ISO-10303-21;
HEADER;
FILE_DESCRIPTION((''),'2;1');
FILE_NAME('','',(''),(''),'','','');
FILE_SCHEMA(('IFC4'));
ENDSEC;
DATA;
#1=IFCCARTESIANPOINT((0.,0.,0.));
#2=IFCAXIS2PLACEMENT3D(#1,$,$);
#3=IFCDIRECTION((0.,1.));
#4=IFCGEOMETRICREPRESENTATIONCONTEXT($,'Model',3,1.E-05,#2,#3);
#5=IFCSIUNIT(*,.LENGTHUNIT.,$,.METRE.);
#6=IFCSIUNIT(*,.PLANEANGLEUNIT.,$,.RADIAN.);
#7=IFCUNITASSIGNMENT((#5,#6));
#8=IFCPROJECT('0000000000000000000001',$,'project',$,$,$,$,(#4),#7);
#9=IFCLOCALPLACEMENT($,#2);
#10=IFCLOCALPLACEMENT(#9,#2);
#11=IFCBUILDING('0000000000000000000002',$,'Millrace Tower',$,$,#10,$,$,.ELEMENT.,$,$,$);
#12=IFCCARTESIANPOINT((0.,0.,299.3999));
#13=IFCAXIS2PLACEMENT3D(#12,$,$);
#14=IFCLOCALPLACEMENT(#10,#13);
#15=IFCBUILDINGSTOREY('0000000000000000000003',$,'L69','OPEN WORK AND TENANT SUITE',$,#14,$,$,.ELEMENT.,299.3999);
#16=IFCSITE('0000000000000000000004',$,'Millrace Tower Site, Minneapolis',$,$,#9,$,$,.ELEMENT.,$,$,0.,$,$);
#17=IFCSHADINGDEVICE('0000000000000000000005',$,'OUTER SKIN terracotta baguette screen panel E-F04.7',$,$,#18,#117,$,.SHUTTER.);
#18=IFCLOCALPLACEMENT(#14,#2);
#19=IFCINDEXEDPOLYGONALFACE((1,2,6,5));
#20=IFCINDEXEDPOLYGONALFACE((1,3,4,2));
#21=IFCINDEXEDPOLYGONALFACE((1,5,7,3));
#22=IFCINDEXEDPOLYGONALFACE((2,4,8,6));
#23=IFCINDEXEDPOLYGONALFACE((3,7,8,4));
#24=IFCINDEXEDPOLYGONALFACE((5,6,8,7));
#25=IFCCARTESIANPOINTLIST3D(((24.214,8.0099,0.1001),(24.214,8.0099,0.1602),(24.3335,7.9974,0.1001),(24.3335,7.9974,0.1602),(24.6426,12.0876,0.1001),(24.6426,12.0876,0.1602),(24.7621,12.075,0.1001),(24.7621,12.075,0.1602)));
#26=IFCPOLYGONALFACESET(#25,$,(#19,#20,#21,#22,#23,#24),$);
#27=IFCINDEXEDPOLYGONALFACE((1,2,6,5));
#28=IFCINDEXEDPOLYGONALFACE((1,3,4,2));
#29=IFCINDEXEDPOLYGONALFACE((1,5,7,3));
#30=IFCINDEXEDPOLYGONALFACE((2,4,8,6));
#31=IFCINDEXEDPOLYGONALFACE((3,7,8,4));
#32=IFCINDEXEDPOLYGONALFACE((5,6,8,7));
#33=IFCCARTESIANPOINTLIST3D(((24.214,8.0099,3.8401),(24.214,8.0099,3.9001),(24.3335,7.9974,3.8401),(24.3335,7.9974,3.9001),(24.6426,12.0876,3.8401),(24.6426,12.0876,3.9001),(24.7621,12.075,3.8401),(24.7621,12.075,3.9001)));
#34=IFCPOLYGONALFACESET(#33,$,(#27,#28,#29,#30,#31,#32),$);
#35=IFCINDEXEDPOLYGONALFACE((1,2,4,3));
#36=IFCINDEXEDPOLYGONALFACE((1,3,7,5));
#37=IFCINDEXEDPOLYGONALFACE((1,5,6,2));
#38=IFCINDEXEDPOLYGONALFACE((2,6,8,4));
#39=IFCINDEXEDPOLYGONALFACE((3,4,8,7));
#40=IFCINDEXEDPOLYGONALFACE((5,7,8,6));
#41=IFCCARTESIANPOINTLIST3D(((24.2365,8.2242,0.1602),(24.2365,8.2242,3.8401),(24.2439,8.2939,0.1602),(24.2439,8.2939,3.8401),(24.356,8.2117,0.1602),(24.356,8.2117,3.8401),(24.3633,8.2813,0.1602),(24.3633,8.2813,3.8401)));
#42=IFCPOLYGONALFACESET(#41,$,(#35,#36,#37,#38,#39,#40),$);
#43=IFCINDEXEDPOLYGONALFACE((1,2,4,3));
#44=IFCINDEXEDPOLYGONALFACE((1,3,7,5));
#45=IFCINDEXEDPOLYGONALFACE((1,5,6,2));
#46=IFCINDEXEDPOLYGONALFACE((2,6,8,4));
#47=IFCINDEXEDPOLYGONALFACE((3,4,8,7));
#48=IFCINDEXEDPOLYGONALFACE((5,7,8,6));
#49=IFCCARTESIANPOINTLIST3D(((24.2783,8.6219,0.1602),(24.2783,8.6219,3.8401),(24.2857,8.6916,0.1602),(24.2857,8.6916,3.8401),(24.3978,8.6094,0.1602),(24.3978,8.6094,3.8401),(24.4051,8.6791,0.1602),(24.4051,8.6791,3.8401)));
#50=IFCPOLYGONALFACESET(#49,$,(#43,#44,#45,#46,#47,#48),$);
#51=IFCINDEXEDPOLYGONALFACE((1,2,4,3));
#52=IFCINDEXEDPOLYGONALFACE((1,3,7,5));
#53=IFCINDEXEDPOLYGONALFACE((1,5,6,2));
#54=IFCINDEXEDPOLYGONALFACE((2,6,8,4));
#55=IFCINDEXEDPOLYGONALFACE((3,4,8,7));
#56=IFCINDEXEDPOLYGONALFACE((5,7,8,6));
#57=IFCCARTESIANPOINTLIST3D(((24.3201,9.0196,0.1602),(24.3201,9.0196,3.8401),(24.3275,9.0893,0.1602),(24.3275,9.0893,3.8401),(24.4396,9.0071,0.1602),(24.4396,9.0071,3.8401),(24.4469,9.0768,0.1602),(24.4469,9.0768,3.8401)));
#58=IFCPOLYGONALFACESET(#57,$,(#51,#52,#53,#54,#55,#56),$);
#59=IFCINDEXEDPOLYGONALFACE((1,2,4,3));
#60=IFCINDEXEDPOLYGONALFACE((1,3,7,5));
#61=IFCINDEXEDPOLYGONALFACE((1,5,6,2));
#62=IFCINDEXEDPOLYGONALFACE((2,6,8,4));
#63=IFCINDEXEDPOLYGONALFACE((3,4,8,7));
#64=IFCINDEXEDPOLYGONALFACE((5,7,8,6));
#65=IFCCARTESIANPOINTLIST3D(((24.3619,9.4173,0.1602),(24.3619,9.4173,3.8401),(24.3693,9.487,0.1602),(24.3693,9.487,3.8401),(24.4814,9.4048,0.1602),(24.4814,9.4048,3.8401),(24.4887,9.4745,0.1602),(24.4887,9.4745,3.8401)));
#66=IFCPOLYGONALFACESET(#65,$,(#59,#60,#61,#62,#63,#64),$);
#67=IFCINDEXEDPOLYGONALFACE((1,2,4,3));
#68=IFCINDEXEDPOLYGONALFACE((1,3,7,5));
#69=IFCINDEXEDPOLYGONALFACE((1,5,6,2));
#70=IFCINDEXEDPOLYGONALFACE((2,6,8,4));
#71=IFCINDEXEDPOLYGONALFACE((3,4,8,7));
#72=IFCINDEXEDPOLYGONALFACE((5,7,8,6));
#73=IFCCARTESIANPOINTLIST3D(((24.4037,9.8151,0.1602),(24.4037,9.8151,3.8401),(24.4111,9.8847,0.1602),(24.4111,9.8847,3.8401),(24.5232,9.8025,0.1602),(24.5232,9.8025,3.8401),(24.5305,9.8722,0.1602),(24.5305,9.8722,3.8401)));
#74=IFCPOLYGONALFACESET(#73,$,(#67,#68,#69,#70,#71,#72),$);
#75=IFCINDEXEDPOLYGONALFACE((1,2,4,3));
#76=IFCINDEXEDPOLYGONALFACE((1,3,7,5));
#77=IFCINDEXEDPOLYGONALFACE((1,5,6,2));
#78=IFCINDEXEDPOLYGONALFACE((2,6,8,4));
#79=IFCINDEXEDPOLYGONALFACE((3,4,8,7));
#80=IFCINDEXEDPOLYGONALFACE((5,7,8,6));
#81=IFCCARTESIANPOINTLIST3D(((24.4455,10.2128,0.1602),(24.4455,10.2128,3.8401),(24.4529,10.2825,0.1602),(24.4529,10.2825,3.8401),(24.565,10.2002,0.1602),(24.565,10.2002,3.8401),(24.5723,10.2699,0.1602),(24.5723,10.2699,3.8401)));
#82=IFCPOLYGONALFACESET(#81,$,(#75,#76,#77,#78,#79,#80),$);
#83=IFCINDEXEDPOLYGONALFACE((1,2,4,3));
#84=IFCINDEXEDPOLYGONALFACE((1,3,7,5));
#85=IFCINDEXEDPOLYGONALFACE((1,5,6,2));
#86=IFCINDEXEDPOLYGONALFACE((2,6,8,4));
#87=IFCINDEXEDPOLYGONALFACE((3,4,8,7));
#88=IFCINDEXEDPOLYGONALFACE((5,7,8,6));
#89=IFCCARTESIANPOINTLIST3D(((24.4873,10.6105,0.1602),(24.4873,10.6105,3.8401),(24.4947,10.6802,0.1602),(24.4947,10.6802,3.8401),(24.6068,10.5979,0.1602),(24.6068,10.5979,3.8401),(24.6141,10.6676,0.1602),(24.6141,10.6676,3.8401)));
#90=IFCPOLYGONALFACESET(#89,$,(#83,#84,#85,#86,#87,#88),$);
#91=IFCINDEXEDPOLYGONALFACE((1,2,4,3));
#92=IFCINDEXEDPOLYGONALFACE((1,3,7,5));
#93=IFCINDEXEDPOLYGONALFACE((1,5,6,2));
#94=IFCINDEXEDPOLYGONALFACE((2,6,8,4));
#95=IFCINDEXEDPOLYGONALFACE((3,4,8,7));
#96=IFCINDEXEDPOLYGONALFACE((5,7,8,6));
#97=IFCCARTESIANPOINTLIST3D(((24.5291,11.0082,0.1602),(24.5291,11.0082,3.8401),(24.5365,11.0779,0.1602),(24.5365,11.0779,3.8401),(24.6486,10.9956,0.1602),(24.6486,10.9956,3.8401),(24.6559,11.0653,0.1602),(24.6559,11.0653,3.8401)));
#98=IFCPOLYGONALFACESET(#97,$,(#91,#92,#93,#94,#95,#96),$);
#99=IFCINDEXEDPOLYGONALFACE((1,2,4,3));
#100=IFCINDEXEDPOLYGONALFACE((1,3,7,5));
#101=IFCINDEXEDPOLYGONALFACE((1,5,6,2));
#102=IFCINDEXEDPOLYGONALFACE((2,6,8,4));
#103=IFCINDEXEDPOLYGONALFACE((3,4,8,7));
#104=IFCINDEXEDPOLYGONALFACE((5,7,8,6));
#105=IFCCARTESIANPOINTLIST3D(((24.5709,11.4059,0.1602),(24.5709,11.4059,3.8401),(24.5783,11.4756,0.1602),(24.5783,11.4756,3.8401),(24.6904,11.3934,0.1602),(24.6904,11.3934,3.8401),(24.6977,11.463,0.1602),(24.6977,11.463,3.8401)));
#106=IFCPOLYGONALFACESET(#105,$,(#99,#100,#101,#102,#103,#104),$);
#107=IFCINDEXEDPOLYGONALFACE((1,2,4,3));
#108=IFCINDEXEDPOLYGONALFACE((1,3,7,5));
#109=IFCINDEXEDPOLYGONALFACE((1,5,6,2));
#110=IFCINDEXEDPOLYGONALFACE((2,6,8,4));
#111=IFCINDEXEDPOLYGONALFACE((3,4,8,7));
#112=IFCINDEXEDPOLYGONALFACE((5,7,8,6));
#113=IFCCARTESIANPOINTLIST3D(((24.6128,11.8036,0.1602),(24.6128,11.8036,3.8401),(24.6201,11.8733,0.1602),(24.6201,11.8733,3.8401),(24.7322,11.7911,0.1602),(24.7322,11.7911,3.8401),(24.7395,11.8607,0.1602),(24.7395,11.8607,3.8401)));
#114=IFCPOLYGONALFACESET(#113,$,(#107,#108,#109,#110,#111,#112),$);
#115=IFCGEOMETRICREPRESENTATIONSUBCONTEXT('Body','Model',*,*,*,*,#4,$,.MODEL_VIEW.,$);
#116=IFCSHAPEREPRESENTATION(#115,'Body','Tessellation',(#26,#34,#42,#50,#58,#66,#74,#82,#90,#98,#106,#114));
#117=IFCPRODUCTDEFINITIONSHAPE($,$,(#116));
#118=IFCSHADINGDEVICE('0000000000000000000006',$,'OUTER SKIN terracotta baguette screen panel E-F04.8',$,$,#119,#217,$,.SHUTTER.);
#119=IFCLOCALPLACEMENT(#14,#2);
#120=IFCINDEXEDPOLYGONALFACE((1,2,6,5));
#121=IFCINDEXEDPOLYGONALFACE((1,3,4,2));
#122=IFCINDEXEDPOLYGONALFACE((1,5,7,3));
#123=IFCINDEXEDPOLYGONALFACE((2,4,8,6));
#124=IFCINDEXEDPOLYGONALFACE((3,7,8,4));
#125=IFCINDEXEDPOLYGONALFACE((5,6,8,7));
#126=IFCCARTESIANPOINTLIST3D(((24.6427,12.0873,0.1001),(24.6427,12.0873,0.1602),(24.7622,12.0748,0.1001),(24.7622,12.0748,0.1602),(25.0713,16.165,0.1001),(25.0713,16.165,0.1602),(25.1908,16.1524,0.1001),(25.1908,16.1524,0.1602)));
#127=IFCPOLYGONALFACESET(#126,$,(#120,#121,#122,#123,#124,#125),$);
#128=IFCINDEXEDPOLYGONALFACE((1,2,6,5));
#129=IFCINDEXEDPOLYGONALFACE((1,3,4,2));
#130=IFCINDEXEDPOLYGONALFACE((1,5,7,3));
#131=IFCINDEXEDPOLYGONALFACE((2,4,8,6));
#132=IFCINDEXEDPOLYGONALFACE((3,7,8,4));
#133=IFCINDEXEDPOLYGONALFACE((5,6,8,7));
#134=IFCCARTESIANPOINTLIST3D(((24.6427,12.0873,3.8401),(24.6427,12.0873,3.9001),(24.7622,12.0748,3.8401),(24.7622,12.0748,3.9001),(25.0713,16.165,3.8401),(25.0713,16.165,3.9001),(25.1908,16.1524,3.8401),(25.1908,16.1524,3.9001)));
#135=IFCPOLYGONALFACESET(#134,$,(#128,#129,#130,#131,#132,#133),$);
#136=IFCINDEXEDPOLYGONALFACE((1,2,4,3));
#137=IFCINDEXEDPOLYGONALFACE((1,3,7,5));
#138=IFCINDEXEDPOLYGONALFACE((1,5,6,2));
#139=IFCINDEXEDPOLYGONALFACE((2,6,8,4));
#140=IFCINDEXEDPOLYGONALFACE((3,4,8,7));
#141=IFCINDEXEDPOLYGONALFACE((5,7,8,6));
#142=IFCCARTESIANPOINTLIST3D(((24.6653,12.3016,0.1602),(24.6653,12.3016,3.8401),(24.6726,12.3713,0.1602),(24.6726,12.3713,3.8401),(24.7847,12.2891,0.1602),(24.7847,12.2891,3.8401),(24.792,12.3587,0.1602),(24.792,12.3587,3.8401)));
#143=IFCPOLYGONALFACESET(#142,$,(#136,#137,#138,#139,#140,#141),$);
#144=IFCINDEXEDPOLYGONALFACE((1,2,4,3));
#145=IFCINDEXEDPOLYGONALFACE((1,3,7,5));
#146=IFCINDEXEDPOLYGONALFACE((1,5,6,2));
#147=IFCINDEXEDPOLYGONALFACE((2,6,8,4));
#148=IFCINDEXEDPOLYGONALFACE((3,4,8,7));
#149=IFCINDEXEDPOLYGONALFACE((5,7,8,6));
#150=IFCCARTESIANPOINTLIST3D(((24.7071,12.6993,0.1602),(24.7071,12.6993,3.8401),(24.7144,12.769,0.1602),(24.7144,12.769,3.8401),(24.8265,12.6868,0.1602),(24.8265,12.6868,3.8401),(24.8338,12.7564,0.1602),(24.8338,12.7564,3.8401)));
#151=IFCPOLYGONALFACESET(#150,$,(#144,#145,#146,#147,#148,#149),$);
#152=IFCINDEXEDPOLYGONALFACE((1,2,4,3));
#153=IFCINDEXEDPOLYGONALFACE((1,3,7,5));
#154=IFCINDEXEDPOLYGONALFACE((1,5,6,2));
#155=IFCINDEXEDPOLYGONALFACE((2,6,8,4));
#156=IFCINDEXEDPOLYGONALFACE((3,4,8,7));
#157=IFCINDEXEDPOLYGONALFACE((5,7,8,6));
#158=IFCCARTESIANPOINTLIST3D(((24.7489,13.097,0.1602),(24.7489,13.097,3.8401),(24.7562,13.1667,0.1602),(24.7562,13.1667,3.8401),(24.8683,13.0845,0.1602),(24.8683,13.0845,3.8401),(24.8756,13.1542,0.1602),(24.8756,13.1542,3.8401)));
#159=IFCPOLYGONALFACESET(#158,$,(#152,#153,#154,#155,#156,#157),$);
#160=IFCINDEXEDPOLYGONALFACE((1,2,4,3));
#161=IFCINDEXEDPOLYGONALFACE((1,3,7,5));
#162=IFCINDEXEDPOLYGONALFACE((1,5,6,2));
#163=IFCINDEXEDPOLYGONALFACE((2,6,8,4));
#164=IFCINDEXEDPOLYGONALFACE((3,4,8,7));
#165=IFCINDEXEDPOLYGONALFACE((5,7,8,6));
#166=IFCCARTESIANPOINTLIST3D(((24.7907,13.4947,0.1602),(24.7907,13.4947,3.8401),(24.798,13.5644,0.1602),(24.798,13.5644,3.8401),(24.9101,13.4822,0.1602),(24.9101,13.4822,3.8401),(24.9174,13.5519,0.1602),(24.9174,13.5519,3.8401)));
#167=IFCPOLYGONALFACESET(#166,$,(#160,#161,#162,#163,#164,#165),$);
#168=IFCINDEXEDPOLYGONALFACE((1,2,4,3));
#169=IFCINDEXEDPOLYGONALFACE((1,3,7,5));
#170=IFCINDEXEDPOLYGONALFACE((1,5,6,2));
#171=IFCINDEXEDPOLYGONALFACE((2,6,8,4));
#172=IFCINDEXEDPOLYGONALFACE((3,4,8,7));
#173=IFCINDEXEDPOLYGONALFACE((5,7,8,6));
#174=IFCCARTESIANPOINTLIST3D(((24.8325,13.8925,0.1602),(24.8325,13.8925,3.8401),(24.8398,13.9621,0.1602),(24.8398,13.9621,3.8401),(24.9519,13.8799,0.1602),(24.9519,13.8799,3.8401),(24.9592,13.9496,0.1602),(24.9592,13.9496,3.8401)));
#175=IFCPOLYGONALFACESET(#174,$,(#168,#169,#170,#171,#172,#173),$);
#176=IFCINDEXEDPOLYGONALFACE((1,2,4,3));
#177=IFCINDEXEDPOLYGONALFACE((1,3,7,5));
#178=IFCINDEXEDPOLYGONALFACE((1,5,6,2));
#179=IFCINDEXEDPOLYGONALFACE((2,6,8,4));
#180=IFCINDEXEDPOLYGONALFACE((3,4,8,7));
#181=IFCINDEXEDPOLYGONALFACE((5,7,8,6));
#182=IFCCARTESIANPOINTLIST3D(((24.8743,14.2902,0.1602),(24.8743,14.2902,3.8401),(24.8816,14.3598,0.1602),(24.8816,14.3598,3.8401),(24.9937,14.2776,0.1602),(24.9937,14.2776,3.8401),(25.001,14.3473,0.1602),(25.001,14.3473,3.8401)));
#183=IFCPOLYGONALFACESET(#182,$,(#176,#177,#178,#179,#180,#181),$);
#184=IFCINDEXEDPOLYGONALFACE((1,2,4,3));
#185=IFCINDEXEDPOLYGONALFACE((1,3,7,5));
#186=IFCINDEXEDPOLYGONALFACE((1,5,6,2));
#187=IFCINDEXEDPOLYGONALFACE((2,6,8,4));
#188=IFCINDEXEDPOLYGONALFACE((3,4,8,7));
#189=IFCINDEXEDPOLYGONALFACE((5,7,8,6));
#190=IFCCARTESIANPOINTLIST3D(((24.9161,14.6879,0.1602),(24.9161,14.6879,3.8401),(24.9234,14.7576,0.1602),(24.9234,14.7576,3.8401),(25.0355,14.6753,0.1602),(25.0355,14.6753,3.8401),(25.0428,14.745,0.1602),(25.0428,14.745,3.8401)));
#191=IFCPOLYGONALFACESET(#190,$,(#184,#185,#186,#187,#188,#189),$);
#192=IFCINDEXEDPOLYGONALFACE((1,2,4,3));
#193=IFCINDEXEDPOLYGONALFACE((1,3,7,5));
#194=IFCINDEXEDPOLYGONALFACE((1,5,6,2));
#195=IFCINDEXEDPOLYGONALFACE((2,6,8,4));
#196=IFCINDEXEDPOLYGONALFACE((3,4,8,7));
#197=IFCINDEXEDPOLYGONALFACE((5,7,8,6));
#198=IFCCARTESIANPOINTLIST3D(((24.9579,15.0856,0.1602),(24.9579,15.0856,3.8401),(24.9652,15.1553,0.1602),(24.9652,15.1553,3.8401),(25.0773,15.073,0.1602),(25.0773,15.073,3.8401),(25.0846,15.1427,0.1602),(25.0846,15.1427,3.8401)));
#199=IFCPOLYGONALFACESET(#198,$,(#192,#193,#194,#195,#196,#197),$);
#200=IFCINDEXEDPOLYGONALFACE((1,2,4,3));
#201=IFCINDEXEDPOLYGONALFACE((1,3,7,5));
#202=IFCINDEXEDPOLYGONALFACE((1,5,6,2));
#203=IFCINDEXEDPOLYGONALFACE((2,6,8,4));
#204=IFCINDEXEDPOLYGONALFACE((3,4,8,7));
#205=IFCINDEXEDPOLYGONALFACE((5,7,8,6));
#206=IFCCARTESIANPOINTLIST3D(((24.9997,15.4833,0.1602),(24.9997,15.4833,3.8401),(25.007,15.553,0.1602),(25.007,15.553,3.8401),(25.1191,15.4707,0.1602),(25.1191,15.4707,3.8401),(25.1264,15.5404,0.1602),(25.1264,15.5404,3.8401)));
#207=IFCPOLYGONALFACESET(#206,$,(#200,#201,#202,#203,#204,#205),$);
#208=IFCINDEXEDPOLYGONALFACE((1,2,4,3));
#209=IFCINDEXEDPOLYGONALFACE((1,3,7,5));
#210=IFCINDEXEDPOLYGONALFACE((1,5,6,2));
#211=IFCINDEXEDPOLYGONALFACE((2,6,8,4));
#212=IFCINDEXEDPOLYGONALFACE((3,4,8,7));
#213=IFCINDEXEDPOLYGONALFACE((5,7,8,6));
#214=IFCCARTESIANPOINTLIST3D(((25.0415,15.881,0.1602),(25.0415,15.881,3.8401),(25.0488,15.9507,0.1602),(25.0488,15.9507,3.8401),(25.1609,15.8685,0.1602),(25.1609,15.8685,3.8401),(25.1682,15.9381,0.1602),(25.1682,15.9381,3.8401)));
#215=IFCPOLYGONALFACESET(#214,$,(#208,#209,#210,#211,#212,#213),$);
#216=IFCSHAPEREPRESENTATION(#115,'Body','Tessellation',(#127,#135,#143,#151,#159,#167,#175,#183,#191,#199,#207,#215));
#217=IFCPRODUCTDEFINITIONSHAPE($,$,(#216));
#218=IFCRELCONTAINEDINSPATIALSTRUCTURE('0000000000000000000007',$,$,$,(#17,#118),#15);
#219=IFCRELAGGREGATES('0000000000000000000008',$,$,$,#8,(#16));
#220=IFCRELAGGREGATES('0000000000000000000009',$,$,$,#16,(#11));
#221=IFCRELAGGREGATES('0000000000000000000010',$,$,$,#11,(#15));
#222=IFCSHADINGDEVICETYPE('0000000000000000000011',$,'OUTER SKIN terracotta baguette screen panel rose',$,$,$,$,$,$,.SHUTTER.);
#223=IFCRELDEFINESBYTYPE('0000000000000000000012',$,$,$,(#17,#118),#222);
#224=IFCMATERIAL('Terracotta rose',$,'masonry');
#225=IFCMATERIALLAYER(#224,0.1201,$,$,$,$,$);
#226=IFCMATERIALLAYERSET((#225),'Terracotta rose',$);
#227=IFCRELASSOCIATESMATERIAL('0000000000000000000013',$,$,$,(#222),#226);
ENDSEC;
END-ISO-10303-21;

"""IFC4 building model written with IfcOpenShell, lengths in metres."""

from ifc_helpers import new_model, entity, si_unit, direction, frame, frame_2d, origin, place, context, subcontext, project, spatial, rectangle, extrude, source, transform, mapped, material, layer, layer_set, type_object, element, save


model = new_model("IFC4")

# Units and contexts
model_context = context("Model", 3, precision=1e-05, world=origin(), true_north=direction((0.0, 1.0)))
body_context = subcontext(model_context, "Body", "Model", "MODEL_VIEW")
ifc_project = project(units=[si_unit("LENGTHUNIT", "METRE"), si_unit("PLANEANGLEUNIT", "RADIAN")], contexts=[model_context])

# Site, building, storey
site_placement = place(None, origin())
site = spatial("IfcSite", under=ifc_project, at=site_placement, Name="Millrace Tower Site, Minneapolis", CompositionType="ELEMENT", RefElevation=0.0)
building_placement = place(site_placement, origin())
building = spatial("IfcBuilding", under=site, at=building_placement, Name="Millrace Tower", CompositionType="ELEMENT")
storey_placement = place(building_placement, frame((0.0, 0.0, 299.3999)))
storey = spatial("IfcBuildingStorey", under=building, at=storey_placement, Name="L69", Description="OPEN WORK AND TENANT SUITE", CompositionType="ELEMENT", Elevation=299.3999)

# Shading devices
ifc_material_1 = material(Name="Terracotta rose", Category="masonry")
ifc_layer_1 = layer(ifc_material_1, 0.1201)
ifc_layer_set_1 = layer_set([ifc_layer_1], Name="Terracotta rose")
shading_device_type = type_object("IfcShadingDeviceType", Name="OUTER SKIN terracotta baguette screen panel rose", PredefinedType="SHUTTER", material=ifc_layer_set_1)
cartesian_point_1 = entity("IfcCartesianPoint", [-2.05, 0.0601])
shared_polyline_1 = entity("IfcPolyline", [cartesian_point_1, entity("IfcCartesianPoint", [2.05, 0.0601]), entity("IfcCartesianPoint", [2.05, -0.0601]), entity("IfcCartesianPoint", [-2.05, -0.0601]), cartesian_point_1])
shared_shape_1 = source(origin(), body_context, "Body", "SweptSolid", [
    entity("IfcExtrudedAreaSolid", entity("IfcArbitraryClosedProfileDef", "AREA", None, shared_polyline_1), entity("IfcAxis2Placement3D", entity("IfcCartesianPoint", [0.0, 0.0, 0.0])), entity("IfcDirection", [0.0, 0.0, 1.0]), 0.0601),
    entity("IfcExtrudedAreaSolid", entity("IfcArbitraryClosedProfileDef", "AREA", None, shared_polyline_1), entity("IfcAxis2Placement3D", entity("IfcCartesianPoint", [0.0, 0.0, 3.74])), entity("IfcDirection", [0.0, 0.0, 1.0]), 0.0601),
    extrude(rectangle(XDim=0.0701, YDim=0.1201, at=frame_2d((-1.7996, 0.0))), frame((0.0, 0.0, 0.0601)), (0.0, 0.0, 1.0), 3.6799),
    extrude(rectangle(XDim=0.0701, YDim=0.1201, at=frame_2d((-1.3997, 0.0))), frame((0.0, 0.0, 0.0601)), (0.0, 0.0, 1.0), 3.6799),
    extrude(rectangle(XDim=0.0701, YDim=0.1201, at=frame_2d((-0.9998, 0.0))), frame((0.0, 0.0, 0.0601)), (0.0, 0.0, 1.0), 3.6799),
    extrude(rectangle(XDim=0.0701, YDim=0.1201, at=frame_2d((-0.5999, 0.0))), frame((0.0, 0.0, 0.0601)), (0.0, 0.0, 1.0), 3.6799),
    extrude(rectangle(XDim=0.0701, YDim=0.1201, at=frame_2d((-0.2, 0.0))), frame((0.0, 0.0, 0.0601)), (0.0, 0.0, 1.0), 3.6799),
    extrude(rectangle(XDim=0.0701, YDim=0.1201, at=frame_2d((0.2, 0.0))), frame((0.0, 0.0, 0.0601)), (0.0, 0.0, 1.0), 3.6799),
    extrude(rectangle(XDim=0.0701, YDim=0.1201, at=frame_2d((0.5999, 0.0))), frame((0.0, 0.0, 0.0601)), (0.0, 0.0, 1.0), 3.6799),
    extrude(rectangle(XDim=0.0701, YDim=0.1201, at=frame_2d((0.9998, 0.0))), frame((0.0, 0.0, 0.0601)), (0.0, 0.0, 1.0), 3.6799),
    extrude(rectangle(XDim=0.0701, YDim=0.1201, at=frame_2d((1.3997, 0.0))), frame((0.0, 0.0, 0.0601)), (0.0, 0.0, 1.0), 3.6799),
    extrude(rectangle(XDim=0.0701, YDim=0.1201, at=frame_2d((1.7996, 0.0))), frame((0.0, 0.0, 0.0601)), (0.0, 0.0, 1.0), 3.6799),
])
for number, where, z_axis, x_axis, name in (
    (1, (24.488, 10.0425, 0.1001), (0.0, 0.0, 1.0), (0.104528, 0.994522, 0.0), "OUTER SKIN terracotta baguette screen panel E-F04.7"),
    (2, (24.9167, 14.1199, 0.1001), (0.0, 0.0, 1.0), (0.104528, 0.994522, 0.0), "OUTER SKIN terracotta baguette screen panel E-F04.8"),
):
    element("IfcShadingDevice", number, at=place(storey_placement, frame(where, z_axis=z_axis, x_axis=x_axis)), inside=storey, type_object=shading_device_type, Name=name, PredefinedType="SHUTTER", context=body_context, shape_type="MappedRepresentation", body=[
        mapped(shared_shape_1, transform((0.0, 0.0, 0.0), scale=1.0)),
    ])

save(model, "model.ifc")
